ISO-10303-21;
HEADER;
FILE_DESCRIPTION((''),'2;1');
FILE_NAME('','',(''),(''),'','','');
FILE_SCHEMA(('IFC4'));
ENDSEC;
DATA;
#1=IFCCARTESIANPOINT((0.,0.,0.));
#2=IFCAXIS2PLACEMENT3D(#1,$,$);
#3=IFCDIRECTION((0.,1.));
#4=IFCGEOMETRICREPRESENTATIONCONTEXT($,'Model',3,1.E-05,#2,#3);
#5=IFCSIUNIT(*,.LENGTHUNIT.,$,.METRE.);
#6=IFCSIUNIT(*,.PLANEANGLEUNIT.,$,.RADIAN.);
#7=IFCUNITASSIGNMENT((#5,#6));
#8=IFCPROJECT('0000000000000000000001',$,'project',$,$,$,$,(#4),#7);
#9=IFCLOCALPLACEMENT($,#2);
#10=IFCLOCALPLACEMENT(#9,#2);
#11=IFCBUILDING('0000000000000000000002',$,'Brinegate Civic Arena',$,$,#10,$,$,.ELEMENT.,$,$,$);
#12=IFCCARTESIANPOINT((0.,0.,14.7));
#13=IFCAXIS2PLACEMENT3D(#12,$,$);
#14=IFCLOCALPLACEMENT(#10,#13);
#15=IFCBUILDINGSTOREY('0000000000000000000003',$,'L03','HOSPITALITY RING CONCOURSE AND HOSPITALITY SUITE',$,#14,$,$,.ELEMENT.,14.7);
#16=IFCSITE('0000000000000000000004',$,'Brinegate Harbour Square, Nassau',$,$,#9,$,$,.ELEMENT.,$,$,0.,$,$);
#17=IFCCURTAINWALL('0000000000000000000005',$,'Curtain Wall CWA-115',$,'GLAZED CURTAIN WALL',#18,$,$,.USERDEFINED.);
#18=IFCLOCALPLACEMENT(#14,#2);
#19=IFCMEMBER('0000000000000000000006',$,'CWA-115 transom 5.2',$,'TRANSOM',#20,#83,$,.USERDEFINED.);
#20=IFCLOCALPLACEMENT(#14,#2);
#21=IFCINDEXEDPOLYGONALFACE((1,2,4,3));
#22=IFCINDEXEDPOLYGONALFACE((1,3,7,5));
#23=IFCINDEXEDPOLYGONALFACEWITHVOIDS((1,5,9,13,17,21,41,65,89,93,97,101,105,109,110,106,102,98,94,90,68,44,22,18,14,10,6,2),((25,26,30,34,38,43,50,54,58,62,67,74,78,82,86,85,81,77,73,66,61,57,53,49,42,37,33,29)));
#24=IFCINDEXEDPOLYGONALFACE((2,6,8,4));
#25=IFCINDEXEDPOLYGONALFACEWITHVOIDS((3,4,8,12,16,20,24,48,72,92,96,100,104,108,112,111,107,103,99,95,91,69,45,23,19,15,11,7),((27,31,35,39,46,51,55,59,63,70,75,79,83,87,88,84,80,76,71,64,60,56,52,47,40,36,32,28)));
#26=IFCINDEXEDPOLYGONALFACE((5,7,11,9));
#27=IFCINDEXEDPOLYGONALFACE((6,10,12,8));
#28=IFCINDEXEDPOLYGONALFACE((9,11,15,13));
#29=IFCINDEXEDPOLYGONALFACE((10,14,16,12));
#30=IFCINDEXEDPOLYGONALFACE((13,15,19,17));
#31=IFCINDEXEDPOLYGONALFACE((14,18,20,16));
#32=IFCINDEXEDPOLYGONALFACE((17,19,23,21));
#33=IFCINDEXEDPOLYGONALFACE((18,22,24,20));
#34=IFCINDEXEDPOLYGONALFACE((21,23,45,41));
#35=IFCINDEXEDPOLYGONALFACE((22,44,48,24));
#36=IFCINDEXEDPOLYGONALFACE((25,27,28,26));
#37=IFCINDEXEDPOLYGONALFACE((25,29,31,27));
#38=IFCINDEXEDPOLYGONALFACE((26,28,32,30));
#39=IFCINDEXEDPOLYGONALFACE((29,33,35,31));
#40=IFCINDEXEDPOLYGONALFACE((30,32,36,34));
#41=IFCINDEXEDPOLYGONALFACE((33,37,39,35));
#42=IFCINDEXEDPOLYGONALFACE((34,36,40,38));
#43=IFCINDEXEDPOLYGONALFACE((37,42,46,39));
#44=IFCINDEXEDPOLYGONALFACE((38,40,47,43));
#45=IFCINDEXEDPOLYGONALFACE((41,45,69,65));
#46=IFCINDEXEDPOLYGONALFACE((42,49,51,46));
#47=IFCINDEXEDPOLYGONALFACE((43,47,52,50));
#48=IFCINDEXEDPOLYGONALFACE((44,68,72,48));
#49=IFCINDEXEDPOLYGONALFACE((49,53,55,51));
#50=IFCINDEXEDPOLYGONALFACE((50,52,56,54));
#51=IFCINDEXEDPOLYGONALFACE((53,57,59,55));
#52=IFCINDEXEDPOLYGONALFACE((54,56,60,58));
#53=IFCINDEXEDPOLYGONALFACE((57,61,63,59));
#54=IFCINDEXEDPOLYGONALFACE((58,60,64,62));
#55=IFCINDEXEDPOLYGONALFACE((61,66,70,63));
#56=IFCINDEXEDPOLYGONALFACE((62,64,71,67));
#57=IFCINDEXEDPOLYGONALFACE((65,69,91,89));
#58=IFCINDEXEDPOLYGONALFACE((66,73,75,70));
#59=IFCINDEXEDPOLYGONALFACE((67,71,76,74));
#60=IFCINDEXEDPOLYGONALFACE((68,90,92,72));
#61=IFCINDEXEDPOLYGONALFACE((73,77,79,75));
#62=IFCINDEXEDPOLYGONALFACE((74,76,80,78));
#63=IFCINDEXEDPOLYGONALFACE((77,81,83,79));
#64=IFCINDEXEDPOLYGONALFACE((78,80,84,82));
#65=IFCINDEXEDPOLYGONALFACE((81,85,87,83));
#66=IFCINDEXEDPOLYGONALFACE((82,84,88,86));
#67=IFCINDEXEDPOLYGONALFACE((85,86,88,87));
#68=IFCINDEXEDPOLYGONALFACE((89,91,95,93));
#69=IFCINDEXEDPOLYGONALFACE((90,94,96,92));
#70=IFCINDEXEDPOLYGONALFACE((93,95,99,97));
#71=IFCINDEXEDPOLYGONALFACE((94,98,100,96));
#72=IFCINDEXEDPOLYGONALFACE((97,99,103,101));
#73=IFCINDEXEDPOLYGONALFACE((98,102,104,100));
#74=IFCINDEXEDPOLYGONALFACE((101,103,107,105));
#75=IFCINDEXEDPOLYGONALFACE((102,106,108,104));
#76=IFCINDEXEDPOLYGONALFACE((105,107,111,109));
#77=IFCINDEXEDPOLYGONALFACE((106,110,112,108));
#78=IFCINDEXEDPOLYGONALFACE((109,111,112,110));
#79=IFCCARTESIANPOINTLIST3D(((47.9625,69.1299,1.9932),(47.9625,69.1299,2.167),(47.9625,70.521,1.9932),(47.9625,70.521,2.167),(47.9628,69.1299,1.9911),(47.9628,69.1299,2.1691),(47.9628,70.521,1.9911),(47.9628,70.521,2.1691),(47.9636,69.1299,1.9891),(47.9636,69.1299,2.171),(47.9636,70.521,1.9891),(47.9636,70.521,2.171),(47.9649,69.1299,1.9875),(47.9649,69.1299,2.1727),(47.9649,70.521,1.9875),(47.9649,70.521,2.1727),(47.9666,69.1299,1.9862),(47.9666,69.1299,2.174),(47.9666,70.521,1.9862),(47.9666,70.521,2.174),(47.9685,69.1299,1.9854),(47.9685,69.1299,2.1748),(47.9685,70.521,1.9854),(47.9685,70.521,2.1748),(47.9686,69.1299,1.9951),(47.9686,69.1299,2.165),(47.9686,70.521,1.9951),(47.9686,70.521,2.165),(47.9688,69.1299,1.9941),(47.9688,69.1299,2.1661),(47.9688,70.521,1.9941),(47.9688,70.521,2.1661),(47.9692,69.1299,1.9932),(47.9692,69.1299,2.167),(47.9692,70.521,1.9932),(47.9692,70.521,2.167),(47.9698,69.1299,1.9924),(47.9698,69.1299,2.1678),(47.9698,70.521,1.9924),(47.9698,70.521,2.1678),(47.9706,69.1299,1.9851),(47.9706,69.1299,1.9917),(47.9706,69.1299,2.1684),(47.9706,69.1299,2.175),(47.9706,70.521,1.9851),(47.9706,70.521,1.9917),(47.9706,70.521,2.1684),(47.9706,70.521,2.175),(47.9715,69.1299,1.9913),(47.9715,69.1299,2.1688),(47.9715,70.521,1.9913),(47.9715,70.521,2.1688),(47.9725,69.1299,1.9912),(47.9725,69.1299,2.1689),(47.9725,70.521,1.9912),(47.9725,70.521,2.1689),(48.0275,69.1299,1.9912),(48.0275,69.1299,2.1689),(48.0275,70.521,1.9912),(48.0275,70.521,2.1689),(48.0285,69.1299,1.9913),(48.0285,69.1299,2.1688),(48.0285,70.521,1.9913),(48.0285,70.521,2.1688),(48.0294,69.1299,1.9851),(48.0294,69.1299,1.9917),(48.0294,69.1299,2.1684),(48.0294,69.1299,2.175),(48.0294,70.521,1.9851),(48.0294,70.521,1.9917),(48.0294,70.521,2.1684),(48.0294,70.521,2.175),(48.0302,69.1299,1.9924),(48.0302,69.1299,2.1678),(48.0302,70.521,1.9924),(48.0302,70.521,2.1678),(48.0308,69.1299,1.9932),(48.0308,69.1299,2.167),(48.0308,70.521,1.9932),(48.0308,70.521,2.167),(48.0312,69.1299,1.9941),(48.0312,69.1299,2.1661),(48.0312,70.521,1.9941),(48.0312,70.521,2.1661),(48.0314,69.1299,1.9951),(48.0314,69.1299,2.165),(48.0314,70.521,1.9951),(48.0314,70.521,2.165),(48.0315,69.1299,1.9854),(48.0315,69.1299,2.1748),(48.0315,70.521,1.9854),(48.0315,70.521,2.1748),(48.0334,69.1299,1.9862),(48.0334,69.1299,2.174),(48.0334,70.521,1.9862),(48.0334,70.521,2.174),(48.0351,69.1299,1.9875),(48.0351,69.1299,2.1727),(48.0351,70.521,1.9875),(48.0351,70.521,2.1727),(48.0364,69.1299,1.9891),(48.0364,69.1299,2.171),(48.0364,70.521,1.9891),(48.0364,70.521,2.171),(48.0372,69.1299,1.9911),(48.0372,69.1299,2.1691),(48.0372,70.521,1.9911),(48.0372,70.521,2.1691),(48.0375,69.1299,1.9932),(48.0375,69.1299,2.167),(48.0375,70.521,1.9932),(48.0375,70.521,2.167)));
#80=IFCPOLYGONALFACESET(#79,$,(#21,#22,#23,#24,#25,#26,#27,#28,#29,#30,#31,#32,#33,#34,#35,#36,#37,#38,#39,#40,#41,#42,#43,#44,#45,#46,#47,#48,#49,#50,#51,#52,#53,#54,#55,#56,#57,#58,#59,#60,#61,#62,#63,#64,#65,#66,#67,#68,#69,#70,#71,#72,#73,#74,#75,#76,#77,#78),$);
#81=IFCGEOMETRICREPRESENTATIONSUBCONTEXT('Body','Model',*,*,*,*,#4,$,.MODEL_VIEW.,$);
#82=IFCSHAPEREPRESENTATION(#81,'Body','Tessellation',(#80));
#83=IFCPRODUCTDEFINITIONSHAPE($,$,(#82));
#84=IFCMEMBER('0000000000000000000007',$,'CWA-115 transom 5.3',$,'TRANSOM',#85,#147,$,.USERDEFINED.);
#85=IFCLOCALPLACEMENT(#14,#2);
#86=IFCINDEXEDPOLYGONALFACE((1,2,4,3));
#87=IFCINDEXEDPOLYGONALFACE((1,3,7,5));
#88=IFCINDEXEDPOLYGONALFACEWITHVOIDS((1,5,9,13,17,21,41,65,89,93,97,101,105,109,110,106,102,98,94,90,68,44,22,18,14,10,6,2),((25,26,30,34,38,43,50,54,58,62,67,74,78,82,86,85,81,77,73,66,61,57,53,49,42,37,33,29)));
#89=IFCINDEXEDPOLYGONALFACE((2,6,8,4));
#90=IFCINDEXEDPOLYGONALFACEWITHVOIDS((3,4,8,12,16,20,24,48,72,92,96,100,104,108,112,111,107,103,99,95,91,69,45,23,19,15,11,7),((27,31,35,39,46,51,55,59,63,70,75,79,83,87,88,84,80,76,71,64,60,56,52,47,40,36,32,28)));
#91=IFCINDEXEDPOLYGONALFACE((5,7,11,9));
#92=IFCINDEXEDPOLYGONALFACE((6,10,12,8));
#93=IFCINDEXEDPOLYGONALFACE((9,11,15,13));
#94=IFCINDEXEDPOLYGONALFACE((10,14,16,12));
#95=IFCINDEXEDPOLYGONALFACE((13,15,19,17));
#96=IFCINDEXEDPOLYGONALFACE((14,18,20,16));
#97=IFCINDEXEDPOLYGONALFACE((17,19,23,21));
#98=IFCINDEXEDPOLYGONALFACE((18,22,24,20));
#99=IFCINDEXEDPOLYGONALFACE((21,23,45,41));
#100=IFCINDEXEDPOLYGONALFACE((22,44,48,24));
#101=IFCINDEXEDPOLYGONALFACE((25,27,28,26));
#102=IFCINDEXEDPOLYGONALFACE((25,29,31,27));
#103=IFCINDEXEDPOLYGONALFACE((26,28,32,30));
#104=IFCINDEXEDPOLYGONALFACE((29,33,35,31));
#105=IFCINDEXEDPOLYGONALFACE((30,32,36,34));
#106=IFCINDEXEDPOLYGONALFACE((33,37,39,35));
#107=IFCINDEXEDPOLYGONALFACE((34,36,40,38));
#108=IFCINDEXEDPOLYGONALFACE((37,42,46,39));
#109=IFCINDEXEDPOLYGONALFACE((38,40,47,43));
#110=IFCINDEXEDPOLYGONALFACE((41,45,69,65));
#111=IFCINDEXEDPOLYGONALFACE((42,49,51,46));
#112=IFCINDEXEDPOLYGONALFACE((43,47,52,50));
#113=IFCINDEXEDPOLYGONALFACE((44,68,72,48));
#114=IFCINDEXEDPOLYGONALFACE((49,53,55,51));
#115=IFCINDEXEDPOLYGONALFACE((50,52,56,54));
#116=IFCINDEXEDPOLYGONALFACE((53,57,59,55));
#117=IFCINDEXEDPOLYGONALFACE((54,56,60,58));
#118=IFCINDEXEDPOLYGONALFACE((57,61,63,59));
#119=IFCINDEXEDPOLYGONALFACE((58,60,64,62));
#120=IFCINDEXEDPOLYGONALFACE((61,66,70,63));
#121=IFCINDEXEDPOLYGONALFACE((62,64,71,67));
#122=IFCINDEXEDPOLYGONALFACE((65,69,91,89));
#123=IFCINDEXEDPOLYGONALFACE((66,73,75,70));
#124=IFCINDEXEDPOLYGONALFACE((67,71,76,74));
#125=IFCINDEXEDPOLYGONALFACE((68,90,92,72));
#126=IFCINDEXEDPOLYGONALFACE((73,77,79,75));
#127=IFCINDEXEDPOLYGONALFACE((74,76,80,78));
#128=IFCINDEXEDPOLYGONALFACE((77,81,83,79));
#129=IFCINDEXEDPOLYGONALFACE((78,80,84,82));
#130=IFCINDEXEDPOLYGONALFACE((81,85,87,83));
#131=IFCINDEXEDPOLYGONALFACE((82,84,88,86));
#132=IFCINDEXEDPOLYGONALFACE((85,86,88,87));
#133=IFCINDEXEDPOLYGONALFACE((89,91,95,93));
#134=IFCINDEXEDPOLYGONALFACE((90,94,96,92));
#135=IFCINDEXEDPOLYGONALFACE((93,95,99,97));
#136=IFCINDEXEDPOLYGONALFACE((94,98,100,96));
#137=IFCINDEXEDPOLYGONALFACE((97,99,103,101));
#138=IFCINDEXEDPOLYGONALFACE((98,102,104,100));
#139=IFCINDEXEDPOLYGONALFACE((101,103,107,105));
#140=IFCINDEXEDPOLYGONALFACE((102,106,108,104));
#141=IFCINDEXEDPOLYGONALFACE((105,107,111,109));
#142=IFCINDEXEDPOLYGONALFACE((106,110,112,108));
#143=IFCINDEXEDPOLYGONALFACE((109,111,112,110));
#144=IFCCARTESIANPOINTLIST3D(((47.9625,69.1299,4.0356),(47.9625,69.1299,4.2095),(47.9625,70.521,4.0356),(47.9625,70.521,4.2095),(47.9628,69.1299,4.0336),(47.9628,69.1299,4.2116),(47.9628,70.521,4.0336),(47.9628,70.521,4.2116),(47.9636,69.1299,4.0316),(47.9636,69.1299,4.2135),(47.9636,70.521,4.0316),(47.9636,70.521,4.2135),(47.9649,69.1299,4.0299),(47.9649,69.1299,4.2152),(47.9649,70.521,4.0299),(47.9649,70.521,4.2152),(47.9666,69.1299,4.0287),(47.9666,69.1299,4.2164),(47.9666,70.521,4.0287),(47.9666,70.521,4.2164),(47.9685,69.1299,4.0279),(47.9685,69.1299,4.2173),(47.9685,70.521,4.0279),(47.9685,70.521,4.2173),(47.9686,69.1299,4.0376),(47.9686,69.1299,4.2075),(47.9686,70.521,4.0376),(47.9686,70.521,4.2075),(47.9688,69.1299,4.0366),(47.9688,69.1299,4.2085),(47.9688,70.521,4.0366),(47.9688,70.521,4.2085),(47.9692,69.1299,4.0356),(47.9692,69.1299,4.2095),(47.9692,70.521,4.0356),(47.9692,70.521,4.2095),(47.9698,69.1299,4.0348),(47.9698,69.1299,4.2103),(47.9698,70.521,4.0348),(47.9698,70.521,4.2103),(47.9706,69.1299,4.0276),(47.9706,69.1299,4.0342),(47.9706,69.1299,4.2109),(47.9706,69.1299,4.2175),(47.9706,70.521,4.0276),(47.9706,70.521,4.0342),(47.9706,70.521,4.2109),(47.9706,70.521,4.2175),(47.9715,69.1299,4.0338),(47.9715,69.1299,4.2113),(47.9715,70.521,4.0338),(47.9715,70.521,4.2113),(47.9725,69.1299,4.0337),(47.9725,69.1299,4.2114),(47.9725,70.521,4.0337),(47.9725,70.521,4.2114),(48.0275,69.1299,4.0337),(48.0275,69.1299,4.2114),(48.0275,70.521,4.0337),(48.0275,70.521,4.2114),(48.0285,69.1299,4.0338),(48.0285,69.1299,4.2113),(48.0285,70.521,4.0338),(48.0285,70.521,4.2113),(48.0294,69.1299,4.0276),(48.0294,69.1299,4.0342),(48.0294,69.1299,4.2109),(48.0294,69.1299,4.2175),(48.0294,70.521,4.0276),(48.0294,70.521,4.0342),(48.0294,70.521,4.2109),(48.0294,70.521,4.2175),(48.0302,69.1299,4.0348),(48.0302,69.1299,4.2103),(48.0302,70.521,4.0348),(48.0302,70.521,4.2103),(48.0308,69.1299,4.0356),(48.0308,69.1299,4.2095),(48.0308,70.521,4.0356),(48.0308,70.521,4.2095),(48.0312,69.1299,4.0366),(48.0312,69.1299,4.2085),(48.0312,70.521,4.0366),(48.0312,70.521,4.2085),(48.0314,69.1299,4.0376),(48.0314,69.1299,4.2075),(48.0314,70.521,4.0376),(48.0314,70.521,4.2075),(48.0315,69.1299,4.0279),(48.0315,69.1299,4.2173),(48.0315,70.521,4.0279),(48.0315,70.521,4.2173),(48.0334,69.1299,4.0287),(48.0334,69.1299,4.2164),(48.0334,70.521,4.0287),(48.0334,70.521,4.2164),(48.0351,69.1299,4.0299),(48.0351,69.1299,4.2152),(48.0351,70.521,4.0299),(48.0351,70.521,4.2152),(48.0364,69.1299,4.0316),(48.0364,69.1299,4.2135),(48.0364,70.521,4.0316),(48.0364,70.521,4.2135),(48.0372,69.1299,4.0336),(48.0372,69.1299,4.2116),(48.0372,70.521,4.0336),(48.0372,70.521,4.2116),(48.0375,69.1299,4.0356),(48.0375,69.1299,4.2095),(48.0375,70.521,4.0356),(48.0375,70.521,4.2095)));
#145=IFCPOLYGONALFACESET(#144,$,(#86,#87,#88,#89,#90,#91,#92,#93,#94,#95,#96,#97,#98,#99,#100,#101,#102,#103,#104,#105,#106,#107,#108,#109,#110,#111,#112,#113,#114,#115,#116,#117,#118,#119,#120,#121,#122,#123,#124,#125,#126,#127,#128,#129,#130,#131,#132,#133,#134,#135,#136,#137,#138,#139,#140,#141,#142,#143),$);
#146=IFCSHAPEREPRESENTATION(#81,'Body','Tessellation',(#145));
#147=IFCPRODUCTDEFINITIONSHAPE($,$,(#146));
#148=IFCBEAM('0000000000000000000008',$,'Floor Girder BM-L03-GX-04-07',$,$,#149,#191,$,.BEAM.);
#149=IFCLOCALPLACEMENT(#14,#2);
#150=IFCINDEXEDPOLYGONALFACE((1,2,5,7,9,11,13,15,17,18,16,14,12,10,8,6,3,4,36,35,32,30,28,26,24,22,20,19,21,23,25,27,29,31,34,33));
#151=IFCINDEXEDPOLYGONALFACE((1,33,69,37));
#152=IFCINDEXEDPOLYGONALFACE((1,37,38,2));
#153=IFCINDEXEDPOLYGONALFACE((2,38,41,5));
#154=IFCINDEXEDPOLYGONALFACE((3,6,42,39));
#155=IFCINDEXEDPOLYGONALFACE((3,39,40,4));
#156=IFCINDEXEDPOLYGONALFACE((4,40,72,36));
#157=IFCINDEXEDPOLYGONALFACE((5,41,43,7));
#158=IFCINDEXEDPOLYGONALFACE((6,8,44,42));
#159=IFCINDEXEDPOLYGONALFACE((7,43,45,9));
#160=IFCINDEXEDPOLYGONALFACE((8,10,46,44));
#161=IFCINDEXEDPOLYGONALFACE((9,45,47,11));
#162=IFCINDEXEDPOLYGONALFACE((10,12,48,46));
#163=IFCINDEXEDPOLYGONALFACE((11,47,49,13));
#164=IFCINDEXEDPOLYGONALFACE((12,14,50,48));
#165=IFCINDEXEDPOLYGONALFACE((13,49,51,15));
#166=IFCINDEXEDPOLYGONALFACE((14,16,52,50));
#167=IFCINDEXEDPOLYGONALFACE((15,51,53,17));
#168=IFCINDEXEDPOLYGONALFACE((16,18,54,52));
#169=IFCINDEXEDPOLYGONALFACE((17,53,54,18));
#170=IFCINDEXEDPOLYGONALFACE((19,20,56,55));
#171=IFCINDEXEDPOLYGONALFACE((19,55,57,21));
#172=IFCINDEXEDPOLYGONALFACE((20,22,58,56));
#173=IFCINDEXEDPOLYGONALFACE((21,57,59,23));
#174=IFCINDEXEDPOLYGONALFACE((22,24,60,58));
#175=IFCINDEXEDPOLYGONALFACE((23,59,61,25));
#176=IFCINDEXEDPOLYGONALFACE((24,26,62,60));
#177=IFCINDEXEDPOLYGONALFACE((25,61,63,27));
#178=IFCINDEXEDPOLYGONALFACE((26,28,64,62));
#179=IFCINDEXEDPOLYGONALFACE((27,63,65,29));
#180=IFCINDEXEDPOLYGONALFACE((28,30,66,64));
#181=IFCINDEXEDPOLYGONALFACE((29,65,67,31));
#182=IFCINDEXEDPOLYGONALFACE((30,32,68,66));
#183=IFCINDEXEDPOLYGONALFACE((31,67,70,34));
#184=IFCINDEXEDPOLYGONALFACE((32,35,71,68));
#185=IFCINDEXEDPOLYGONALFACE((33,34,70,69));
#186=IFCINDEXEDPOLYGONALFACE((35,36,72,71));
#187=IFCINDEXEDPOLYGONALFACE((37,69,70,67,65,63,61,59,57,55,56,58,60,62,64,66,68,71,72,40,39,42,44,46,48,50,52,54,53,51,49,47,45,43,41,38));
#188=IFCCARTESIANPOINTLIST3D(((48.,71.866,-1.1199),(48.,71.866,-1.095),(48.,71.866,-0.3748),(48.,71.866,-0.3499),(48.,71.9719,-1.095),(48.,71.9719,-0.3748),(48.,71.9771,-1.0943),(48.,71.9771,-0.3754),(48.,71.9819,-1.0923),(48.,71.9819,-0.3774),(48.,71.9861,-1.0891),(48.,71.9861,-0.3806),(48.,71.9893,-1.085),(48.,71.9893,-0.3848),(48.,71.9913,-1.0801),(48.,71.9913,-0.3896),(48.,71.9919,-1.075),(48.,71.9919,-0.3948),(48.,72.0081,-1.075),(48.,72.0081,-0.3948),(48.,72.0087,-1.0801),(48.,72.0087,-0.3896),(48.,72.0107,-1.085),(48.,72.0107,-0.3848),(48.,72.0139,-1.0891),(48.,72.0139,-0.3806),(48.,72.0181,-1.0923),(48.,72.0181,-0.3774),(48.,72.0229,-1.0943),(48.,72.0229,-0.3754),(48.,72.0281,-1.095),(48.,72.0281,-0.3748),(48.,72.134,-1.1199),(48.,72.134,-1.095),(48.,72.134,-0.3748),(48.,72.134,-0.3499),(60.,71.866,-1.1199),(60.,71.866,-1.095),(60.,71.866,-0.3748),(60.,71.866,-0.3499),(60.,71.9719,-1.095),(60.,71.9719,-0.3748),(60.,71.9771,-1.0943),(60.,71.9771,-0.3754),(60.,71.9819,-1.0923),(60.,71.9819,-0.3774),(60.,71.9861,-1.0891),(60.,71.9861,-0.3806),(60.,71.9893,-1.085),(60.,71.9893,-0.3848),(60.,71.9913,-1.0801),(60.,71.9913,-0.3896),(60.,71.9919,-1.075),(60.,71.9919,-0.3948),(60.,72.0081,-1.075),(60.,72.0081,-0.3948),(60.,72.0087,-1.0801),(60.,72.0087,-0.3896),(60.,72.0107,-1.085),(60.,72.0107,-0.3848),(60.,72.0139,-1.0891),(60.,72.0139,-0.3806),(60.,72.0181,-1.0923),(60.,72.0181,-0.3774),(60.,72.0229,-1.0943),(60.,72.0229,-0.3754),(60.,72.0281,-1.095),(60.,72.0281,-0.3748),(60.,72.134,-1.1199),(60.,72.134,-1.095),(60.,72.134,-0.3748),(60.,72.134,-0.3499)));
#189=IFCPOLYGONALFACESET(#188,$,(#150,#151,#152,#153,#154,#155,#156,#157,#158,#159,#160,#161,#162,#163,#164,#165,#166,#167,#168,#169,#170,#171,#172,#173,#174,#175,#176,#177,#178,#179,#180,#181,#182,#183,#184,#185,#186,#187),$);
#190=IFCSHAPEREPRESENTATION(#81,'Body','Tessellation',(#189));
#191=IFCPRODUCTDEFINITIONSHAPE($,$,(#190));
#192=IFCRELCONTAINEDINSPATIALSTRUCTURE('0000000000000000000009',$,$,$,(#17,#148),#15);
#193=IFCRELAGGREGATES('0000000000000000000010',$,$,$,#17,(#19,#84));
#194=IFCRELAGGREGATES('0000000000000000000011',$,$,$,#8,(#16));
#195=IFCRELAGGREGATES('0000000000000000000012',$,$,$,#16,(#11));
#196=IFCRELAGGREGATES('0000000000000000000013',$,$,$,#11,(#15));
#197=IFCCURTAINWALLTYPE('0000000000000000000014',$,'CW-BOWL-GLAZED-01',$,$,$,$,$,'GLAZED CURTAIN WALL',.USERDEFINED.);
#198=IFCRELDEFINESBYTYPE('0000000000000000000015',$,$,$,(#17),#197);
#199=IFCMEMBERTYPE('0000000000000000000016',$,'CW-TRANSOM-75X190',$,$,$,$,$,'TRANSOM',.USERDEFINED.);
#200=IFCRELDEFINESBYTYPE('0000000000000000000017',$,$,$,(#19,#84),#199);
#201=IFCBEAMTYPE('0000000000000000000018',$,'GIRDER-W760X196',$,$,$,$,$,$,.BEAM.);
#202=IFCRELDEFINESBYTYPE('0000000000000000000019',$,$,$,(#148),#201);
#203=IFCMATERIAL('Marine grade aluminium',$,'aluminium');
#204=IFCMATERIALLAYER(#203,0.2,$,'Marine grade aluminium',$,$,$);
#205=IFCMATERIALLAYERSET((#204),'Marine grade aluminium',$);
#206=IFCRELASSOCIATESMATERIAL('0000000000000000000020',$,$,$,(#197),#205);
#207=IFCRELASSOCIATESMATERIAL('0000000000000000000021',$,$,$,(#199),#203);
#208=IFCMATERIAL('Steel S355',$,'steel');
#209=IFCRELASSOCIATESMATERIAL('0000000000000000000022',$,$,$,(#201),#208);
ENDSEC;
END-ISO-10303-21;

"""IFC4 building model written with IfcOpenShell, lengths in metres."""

from ifc_helpers import new_model, si_unit, direction, frame, origin, origin_2d, place, context, subcontext, project, spatial, hollow_rectangle, i_section, extrude, material, layer, layer_set, material_profile, profile_set, type_object, element, aggregate, save


model = new_model("IFC4")

# Units and contexts
model_context = context("Model", 3, precision=1e-05, world=origin(), true_north=direction((0.0, 1.0)))
body_context = subcontext(model_context, "Body", "Model", "MODEL_VIEW")
ifc_project = project(units=[si_unit("LENGTHUNIT", "METRE"), si_unit("PLANEANGLEUNIT", "RADIAN")], contexts=[model_context])

# Site, building, storey
site_placement = place(None, origin())
site = spatial("IfcSite", under=ifc_project, at=site_placement, Name="Brinegate Harbour Square, Nassau", CompositionType="ELEMENT", RefElevation=0.0)
building_placement = place(site_placement, origin())
building = spatial("IfcBuilding", under=site, at=building_placement, Name="Brinegate Civic Arena", CompositionType="ELEMENT")
storey_placement = place(building_placement, frame((0.0, 0.0, 14.7)))
storey = spatial("IfcBuildingStorey", under=building, at=storey_placement, Name="L03", Description="HOSPITALITY RING CONCOURSE AND HOSPITALITY SUITE", CompositionType="ELEMENT", Elevation=14.7)

# Curtain wall
ifc_material_1 = material(Name="Marine grade aluminium", Category="aluminium")
ifc_layer_1 = layer(ifc_material_1, 0.2, Name="Marine grade aluminium")
ifc_layer_set_1 = layer_set([ifc_layer_1], Name="Marine grade aluminium")
curtain_wall_type = type_object("IfcCurtainWallType", Name="CW-BOWL-GLAZED-01", ElementType="GLAZED CURTAIN WALL", PredefinedType="USERDEFINED", material=ifc_layer_set_1)
curtain_wall_1_placement = place(storey_placement, origin())
curtain_wall_1 = element("IfcCurtainWall", 1, at=curtain_wall_1_placement, inside=storey, type_object=curtain_wall_type, Name="Curtain Wall CWA-115", ObjectType="GLAZED CURTAIN WALL", PredefinedType="USERDEFINED")

# Members
ifc_material_profile_1 = material_profile(ifc_material_1, hollow_rectangle(XDim=0.075, YDim=0.1899, WallThickness=0.0061, InnerFilletRadius=0.0039, OuterFilletRadius=0.0081, at=origin_2d()), Name="TRN75X190")
ifc_profile_set_1 = profile_set([ifc_material_profile_1], Name="Marine grade aluminium")
member_type_1 = type_object("IfcMemberType", Name="CW-TRANSOM-75X190", ElementType="TRANSOM", PredefinedType="USERDEFINED", material=ifc_profile_set_1)
member_1_placement = place(storey_placement, frame((48.0, 69.1299, 2.0801), z_axis=(0.0, 1.0, 0.0), x_axis=(-1.0, 0.0, 0.0)))
member_1 = element("IfcMember", 2, at=member_1_placement, type_object=member_type_1, Name="CWA-115 transom 5.2", ObjectType="TRANSOM", PredefinedType="USERDEFINED", context=body_context, shape_type="SweptSolid", body=[
    extrude(hollow_rectangle(XDim=0.075, YDim=0.1899, WallThickness=0.0061, InnerFilletRadius=0.0039, OuterFilletRadius=0.0081, at=origin_2d()), origin(), (0.0, 0.0, 1.0), 1.3911),
])
member_2_placement = place(storey_placement, frame((48.0, 69.1299, 4.1226), z_axis=(0.0, 1.0, 0.0), x_axis=(-1.0, 0.0, 0.0)))
member_2 = element("IfcMember", 3, at=member_2_placement, type_object=member_type_1, Name="CWA-115 transom 5.3", ObjectType="TRANSOM", PredefinedType="USERDEFINED", context=body_context, shape_type="SweptSolid", body=[
    extrude(hollow_rectangle(XDim=0.075, YDim=0.1899, WallThickness=0.0061, InnerFilletRadius=0.0039, OuterFilletRadius=0.0081, at=origin_2d()), origin(), (0.0, 0.0, 1.0), 1.3911),
])

# Beam
ifc_material_2 = material(Name="Steel S355", Category="steel")
ifc_material_profile_2 = material_profile(ifc_material_2, i_section(OverallWidth=0.2681, OverallDepth=0.77, WebThickness=0.0161, FlangeThickness=0.0249, FilletRadius=0.02, at=origin_2d()), Name="W760X196")
ifc_profile_set_2 = profile_set([ifc_material_profile_2], Name="Steel S355")
beam_type_1 = type_object("IfcBeamType", Name="GIRDER-W760X196", PredefinedType="BEAM", material=ifc_profile_set_2)
beam_1_placement = place(storey_placement, frame((48.0, 72.0, -0.7349), z_axis=(1.0, 0.0, 0.0), x_axis=(0.0, 1.0, 0.0)))
element("IfcBeam", 4, at=beam_1_placement, inside=storey, type_object=beam_type_1, Name="Floor Girder BM-L03-GX-04-07", PredefinedType="BEAM", context=body_context, shape_type="SweptSolid", body=[
    extrude(i_section(OverallWidth=0.2681, OverallDepth=0.77, WebThickness=0.0161, FlangeThickness=0.0249, FilletRadius=0.02, at=origin_2d()), origin(), (0.0, 0.0, 1.0), 12.0),
])

aggregate(curtain_wall_1, [member_1, member_2])

save(model, "model.ifc")
